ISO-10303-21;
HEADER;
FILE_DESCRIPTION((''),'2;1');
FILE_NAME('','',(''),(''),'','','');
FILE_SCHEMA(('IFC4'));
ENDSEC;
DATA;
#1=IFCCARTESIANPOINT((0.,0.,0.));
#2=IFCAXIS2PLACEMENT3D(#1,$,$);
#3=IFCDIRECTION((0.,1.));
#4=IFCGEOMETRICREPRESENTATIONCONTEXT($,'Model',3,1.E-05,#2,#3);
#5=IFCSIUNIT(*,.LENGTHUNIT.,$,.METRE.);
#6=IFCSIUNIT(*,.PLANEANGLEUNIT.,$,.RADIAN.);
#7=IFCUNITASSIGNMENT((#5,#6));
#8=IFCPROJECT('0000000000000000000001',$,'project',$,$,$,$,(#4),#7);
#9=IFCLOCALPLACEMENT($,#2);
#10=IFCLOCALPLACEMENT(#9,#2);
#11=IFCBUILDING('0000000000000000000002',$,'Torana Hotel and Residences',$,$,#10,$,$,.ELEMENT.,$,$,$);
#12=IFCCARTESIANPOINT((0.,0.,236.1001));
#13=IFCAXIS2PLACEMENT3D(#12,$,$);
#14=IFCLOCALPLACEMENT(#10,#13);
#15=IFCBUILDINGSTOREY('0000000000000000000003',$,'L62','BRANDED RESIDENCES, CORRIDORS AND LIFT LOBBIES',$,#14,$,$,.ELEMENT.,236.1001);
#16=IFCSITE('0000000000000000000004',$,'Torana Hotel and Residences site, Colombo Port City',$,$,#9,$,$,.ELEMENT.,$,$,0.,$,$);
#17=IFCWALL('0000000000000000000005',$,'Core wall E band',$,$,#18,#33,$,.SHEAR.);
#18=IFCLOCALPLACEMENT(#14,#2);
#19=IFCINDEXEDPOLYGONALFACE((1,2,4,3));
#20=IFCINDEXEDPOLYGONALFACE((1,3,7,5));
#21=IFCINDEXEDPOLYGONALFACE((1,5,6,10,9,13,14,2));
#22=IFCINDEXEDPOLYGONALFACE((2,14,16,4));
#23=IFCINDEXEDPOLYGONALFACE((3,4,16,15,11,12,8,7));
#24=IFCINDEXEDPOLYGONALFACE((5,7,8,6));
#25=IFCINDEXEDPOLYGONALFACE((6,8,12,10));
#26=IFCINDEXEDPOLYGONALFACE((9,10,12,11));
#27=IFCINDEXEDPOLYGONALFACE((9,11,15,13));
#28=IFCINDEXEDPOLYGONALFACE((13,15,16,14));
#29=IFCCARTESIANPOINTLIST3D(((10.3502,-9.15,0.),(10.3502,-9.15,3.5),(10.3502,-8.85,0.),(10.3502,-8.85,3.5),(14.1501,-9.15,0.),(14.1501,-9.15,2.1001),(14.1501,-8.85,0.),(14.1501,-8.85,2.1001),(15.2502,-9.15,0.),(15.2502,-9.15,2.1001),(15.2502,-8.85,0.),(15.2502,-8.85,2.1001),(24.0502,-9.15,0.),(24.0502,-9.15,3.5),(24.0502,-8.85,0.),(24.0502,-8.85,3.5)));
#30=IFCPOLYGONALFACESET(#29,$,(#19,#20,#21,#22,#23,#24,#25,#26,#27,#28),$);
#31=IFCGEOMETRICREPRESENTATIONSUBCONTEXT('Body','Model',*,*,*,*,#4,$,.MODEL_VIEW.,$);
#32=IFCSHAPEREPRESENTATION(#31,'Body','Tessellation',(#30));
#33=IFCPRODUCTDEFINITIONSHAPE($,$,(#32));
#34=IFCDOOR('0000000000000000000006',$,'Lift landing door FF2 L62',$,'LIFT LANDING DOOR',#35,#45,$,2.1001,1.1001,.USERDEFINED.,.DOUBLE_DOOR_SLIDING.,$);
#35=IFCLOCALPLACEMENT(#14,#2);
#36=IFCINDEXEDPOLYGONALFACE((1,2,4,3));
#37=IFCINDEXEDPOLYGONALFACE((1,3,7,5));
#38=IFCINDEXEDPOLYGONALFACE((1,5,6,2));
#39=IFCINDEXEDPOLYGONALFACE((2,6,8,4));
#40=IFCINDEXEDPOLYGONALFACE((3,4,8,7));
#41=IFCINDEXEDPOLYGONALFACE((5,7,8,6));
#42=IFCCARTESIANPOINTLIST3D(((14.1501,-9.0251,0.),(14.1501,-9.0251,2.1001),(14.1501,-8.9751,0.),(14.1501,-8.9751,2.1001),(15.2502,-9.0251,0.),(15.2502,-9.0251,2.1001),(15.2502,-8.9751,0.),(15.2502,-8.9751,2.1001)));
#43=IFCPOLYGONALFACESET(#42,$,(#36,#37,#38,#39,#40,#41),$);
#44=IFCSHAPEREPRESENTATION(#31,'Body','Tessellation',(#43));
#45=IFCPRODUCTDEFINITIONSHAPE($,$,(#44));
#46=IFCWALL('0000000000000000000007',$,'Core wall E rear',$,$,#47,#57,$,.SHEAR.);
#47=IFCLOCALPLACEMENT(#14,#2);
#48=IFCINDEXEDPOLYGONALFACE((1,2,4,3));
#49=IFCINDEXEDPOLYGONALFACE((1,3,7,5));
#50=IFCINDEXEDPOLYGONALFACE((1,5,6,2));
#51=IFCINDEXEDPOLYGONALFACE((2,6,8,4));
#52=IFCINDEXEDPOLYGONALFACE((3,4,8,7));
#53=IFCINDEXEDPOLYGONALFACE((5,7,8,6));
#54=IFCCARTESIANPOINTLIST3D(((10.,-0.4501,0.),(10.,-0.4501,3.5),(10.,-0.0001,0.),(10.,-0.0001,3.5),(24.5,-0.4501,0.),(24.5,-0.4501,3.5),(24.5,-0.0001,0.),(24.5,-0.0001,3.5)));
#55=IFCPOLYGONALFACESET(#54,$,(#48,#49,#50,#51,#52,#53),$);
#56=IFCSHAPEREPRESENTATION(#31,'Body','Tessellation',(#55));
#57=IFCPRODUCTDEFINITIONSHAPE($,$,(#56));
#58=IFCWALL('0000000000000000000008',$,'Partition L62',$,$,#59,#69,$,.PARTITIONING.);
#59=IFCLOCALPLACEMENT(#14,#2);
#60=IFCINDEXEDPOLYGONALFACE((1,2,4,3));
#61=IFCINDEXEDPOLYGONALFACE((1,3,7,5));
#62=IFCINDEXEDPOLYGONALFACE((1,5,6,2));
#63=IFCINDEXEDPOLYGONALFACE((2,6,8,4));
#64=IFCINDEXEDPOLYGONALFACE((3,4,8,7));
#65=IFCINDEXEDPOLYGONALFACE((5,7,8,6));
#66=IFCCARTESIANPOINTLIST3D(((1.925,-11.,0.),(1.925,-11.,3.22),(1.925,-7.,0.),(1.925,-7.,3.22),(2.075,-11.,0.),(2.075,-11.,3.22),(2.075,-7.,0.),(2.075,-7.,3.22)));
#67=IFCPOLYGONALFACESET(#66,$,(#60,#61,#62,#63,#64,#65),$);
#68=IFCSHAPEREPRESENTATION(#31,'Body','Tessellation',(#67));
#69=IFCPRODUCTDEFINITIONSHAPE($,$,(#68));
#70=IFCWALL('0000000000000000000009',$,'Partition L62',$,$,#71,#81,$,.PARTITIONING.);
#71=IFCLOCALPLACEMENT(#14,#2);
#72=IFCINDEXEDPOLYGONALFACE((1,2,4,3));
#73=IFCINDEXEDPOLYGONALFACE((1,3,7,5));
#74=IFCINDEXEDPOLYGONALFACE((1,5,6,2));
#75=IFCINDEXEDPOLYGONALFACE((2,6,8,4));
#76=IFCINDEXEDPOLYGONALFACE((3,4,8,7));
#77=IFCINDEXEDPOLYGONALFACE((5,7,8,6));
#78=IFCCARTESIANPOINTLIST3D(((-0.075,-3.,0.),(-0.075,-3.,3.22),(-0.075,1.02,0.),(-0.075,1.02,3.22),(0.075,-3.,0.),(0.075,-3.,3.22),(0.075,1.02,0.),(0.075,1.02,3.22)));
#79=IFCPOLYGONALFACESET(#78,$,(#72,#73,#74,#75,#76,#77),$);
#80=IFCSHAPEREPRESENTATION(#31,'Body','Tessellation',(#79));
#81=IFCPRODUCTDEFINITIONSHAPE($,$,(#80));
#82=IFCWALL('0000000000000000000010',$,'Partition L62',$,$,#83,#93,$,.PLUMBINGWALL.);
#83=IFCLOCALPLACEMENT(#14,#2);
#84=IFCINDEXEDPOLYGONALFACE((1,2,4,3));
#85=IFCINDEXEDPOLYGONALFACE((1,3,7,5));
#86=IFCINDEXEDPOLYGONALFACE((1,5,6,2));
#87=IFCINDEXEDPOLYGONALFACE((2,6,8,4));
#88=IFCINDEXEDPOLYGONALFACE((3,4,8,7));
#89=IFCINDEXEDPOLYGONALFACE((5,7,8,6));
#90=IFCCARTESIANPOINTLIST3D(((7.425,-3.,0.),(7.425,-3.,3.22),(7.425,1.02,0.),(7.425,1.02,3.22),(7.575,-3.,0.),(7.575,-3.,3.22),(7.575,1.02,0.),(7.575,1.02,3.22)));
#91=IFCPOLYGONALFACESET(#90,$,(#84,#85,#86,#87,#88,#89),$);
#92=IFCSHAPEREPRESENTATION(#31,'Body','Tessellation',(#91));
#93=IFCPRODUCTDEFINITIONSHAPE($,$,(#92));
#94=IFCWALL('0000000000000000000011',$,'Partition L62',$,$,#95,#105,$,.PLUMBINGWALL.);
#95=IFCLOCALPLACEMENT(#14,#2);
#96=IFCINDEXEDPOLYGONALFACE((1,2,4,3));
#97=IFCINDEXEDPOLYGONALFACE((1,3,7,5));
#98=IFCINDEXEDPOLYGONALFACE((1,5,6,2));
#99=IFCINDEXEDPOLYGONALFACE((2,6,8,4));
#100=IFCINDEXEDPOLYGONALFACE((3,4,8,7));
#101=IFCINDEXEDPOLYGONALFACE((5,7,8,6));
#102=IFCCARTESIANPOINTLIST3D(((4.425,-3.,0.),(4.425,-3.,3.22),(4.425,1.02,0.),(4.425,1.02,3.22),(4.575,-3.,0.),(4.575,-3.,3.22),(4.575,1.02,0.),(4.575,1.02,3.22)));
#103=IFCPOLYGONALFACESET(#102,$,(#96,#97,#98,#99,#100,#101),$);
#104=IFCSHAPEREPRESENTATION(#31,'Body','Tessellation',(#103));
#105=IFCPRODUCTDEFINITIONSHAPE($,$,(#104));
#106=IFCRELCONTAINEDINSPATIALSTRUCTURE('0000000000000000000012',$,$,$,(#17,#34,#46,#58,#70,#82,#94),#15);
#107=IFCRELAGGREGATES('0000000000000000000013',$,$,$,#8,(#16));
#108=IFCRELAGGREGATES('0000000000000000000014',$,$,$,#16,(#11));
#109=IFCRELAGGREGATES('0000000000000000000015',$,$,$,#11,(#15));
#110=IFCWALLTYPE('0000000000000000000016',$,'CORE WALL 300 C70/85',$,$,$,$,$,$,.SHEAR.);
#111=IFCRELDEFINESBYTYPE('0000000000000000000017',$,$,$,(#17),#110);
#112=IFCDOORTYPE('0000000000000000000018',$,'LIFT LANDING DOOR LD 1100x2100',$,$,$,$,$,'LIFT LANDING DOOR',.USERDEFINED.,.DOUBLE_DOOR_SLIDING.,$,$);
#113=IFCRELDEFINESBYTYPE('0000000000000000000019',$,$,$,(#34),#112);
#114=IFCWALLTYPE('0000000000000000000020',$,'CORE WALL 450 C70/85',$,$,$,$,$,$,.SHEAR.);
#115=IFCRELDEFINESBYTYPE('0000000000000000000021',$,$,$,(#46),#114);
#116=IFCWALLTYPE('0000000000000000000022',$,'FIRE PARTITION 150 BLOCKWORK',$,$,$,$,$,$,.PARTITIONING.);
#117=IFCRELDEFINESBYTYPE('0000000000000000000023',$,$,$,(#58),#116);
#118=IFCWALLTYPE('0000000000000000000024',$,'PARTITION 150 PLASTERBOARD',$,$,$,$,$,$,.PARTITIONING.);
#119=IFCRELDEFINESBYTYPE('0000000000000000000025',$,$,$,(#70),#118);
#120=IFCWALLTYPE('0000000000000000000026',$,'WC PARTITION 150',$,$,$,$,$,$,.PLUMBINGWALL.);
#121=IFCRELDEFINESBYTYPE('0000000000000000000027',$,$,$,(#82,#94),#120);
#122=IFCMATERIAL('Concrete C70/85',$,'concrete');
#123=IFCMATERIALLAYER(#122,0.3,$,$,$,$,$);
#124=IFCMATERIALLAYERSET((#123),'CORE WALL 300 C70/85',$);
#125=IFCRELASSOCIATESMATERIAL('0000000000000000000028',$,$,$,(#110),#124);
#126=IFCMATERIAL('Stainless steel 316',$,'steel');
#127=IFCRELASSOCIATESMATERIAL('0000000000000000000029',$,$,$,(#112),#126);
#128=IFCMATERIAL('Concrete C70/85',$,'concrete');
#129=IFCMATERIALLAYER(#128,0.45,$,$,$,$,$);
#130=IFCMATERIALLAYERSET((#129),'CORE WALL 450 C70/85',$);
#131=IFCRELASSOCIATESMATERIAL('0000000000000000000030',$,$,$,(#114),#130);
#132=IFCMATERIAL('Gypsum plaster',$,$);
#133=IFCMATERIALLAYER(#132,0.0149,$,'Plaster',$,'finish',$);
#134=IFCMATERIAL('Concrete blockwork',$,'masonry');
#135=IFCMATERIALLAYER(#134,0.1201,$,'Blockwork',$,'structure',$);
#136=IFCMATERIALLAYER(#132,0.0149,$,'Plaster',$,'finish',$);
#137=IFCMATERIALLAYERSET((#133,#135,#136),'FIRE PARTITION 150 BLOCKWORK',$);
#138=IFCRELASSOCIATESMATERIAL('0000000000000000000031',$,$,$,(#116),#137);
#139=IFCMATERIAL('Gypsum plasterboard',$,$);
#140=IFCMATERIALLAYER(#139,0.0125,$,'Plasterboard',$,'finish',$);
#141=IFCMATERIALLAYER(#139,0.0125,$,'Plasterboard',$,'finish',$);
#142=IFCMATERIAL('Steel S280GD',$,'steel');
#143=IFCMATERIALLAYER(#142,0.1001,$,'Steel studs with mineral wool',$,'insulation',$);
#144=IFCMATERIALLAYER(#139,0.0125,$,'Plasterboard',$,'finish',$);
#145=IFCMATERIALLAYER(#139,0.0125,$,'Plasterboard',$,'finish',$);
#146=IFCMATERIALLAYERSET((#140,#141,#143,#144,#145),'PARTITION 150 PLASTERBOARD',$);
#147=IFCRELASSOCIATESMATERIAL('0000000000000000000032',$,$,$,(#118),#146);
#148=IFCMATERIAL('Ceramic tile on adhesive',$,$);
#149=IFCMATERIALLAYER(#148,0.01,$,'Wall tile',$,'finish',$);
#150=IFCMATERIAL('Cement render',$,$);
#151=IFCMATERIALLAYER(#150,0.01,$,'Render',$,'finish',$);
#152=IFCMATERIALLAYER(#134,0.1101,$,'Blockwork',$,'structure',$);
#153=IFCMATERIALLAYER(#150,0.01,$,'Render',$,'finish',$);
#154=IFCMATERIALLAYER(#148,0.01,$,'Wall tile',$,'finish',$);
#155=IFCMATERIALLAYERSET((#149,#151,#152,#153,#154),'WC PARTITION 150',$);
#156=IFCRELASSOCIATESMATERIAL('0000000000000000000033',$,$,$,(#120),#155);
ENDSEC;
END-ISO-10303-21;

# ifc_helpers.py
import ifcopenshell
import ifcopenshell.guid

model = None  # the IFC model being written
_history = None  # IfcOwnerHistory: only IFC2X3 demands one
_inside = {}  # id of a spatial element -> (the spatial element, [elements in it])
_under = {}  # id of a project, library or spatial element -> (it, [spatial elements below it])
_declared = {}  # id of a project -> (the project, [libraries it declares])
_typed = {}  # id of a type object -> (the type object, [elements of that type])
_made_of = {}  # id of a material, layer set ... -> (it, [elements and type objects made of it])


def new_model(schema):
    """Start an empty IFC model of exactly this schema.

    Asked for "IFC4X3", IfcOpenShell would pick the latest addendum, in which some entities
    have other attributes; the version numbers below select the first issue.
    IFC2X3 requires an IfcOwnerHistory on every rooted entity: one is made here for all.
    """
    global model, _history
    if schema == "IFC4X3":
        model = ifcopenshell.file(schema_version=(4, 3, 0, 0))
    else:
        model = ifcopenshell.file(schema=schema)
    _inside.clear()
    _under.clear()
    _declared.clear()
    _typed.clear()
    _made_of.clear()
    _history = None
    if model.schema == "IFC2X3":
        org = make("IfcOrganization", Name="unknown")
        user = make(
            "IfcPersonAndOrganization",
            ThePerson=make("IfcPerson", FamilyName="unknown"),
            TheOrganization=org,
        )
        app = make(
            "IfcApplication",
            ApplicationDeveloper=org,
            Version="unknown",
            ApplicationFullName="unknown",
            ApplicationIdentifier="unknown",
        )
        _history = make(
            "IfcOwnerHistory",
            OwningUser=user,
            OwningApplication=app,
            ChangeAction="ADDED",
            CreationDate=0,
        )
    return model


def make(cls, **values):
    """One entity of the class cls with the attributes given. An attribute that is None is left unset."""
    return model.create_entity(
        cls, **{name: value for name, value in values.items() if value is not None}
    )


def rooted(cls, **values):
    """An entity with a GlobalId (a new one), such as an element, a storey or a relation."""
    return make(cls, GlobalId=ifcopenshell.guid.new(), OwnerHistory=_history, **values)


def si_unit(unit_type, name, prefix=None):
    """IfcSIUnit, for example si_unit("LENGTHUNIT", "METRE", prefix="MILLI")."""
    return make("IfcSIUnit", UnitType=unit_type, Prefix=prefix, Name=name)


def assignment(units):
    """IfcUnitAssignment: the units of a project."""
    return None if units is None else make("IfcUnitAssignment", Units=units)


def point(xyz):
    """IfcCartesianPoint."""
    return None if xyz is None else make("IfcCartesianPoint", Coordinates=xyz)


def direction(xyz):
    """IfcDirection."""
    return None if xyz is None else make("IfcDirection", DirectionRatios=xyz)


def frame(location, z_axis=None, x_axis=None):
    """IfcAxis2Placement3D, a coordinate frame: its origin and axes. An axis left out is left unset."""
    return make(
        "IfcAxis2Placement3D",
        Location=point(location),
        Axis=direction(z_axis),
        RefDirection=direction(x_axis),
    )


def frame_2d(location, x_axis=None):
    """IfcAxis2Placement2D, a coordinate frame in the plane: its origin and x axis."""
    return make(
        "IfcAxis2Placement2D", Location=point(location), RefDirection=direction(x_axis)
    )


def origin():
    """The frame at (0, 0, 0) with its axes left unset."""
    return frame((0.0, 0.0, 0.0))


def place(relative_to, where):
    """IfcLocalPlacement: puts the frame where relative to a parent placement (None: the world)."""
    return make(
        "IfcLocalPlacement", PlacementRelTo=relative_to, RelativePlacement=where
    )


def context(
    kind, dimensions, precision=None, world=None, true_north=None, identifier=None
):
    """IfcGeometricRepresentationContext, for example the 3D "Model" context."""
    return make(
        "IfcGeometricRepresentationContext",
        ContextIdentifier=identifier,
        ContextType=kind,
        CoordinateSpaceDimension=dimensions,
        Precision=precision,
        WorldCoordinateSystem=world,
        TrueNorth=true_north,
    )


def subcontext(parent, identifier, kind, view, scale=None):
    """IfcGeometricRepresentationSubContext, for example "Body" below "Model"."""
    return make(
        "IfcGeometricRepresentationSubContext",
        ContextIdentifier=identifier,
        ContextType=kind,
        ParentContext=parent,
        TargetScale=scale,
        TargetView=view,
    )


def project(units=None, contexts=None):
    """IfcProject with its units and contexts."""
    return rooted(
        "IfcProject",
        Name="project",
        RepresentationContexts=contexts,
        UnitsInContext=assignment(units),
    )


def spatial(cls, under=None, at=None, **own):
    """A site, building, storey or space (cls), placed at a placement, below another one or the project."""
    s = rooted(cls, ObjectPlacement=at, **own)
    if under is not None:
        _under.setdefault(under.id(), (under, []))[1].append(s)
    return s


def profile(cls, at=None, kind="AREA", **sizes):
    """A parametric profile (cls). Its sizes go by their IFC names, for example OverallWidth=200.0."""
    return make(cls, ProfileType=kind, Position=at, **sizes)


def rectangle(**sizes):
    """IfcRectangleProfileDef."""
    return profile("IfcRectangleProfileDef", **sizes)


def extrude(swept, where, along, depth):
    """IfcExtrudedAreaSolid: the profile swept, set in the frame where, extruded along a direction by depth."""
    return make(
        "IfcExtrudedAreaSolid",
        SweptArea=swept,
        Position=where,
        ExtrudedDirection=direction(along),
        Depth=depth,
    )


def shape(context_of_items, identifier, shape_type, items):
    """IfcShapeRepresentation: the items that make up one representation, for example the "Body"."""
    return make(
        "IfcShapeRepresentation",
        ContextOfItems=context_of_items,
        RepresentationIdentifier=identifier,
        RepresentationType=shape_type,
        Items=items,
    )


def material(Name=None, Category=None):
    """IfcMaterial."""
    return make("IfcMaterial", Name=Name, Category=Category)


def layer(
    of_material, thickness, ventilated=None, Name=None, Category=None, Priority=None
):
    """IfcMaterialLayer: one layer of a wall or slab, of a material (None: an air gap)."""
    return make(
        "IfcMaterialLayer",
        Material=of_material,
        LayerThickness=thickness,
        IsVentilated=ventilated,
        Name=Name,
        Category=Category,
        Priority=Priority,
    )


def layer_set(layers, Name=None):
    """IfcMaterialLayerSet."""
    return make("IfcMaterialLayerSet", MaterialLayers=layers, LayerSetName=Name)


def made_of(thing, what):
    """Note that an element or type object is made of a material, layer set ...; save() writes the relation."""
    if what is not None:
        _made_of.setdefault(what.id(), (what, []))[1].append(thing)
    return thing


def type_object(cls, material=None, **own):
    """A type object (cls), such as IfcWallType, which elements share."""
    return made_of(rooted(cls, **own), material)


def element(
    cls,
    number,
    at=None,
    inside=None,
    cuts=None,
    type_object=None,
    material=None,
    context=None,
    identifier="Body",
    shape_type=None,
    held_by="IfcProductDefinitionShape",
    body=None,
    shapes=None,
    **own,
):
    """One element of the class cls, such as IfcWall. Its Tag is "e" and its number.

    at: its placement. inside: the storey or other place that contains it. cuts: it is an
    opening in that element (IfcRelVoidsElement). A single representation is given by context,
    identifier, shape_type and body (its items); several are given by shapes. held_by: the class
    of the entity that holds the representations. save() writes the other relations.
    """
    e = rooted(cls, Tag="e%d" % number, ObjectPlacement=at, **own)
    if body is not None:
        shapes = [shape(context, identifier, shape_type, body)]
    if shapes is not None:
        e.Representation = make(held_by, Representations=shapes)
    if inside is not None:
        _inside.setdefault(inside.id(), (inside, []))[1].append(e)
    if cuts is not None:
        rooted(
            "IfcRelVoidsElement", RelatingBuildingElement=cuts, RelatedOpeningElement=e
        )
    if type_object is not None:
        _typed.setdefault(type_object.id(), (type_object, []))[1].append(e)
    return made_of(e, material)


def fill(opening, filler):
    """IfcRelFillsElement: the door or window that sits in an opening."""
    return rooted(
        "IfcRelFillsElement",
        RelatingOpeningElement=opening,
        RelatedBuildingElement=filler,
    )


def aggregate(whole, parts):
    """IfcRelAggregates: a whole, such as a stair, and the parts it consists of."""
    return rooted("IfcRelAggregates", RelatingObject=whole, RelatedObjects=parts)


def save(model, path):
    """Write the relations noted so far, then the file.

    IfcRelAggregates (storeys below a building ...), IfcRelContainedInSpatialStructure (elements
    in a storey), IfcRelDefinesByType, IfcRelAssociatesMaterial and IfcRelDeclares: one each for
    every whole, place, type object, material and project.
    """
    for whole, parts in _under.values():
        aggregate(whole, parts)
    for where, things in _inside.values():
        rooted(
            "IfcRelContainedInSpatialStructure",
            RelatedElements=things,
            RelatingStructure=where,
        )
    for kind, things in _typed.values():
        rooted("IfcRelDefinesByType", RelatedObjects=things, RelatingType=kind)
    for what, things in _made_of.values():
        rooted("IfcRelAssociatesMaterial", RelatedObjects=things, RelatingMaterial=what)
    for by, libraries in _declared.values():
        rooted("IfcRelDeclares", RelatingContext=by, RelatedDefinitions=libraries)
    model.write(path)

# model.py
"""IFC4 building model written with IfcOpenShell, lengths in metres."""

from ifc_helpers import new_model, si_unit, direction, frame, frame_2d, origin, place, context, subcontext, project, spatial, rectangle, extrude, material, layer, layer_set, type_object, element, fill, save


model = new_model("IFC4")

# Units and contexts
model_context = context("Model", 3, precision=1e-05, world=origin(), true_north=direction((0.0, 1.0)))
body_context = subcontext(model_context, "Body", "Model", "MODEL_VIEW")
ifc_project = project(units=[si_unit("LENGTHUNIT", "METRE"), si_unit("PLANEANGLEUNIT", "RADIAN")], contexts=[model_context])

# Site, building, storey
site_placement = place(None, origin())
site = spatial("IfcSite", under=ifc_project, at=site_placement, Name="Torana Hotel and Residences site, Colombo Port City", CompositionType="ELEMENT", RefElevation=0.0)
building_placement = place(site_placement, origin())
building = spatial("IfcBuilding", under=site, at=building_placement, Name="Torana Hotel and Residences", CompositionType="ELEMENT")
storey_placement = place(building_placement, frame((0.0, 0.0, 236.1001)))
storey = spatial("IfcBuildingStorey", under=building, at=storey_placement, Name="L62", Description="BRANDED RESIDENCES, CORRIDORS AND LIFT LOBBIES", CompositionType="ELEMENT", Elevation=236.1001)

# Shared definitions
ifc_material_1 = material(Name="Concrete C70/85", Category="concrete")
ifc_layer_1 = layer(ifc_material_1, 0.3)
ifc_layer_set_1 = layer_set([ifc_layer_1], Name="CORE WALL 300 C70/85")
wall_type_1 = type_object("IfcWallType", Name="CORE WALL 300 C70/85", PredefinedType="SHEAR", material=ifc_layer_set_1)
ifc_material_2 = material(Name="Stainless steel 316", Category="steel")
door_type_1 = type_object("IfcDoorType", Name="LIFT LANDING DOOR LD 1100x2100", ElementType="LIFT LANDING DOOR", OperationType="DOUBLE_DOOR_SLIDING", PredefinedType="USERDEFINED", material=ifc_material_2)

# Wall, opening, door
wall_1_placement = place(storey_placement, frame((10.3501, -9.0, 0.0), z_axis=(0.0, 0.0, 1.0), x_axis=(1.0, 0.0, 0.0)))
wall_1 = element("IfcWall", 1, at=wall_1_placement, inside=storey, type_object=wall_type_1, Name="Core wall E band", PredefinedType="SHEAR", context=body_context, shape_type="SweptSolid", body=[
    extrude(rectangle(XDim=13.7, YDim=0.3, at=frame_2d((6.8501, 0.0))), origin(), (0.0, 0.0, 1.0), 3.5),
])
opening_1_placement = place(wall_1_placement, frame((3.8, 0.0, 0.0)))
opening_1 = element("IfcOpeningElement", 2, at=opening_1_placement, cuts=wall_1, PredefinedType="OPENING", context=body_context, shape_type="SweptSolid", body=[
    extrude(rectangle(XDim=1.1001, YDim=2.1001, at=frame_2d((0.55, 1.05))), frame((0.0, 0.1599, 0.0), z_axis=(0.0, -1.0, 0.0), x_axis=(1.0, 0.0, 0.0)), (0.0, 0.0, 1.0), 0.3201),
])
door_1_placement = place(opening_1_placement, origin())
door_1 = element("IfcDoor", 3, at=door_1_placement, inside=storey, type_object=door_type_1, Name="Lift landing door FF2 L62", ObjectType="LIFT LANDING DOOR", OperationType="DOUBLE_DOOR_SLIDING", OverallHeight=2.1001, OverallWidth=1.1001, PredefinedType="USERDEFINED", context=body_context, shape_type="SweptSolid", body=[
    extrude(rectangle(XDim=1.1001, YDim=2.1001, at=frame_2d((0.55, 1.05))), frame((0.0, 0.0249, 0.0), z_axis=(0.0, -1.0, 0.0), x_axis=(1.0, 0.0, 0.0)), (0.0, 0.0, 1.0), 0.05),
])
fill(opening_1, door_1)

# Walls
ifc_material_3 = material(Name="Concrete C70/85", Category="concrete")
ifc_layer_2 = layer(ifc_material_3, 0.45)
ifc_layer_set_2 = layer_set([ifc_layer_2], Name="CORE WALL 450 C70/85")
wall_type_2 = type_object("IfcWallType", Name="CORE WALL 450 C70/85", PredefinedType="SHEAR", material=ifc_layer_set_2)
wall_2_placement = place(storey_placement, frame((10.0, -0.2251, 0.0), z_axis=(0.0, 0.0, 1.0), x_axis=(1.0, 0.0, 0.0)))
element("IfcWall", 4, at=wall_2_placement, inside=storey, type_object=wall_type_2, Name="Core wall E rear", PredefinedType="SHEAR", context=body_context, shape_type="SweptSolid", body=[
    extrude(rectangle(XDim=14.5, YDim=0.45, at=frame_2d((7.25, 0.0))), origin(), (0.0, 0.0, 1.0), 3.5),
])
ifc_material_4 = material(Name="Gypsum plaster")
ifc_layer_3 = layer(ifc_material_4, 0.0149, Name="Plaster", Category="finish")
ifc_material_5 = material(Name="Concrete blockwork", Category="masonry")
ifc_layer_4 = layer(ifc_material_5, 0.1201, Name="Blockwork", Category="structure")
ifc_layer_5 = layer(ifc_material_4, 0.0149, Name="Plaster", Category="finish")
ifc_layer_set_3 = layer_set([ifc_layer_3, ifc_layer_4, ifc_layer_5], Name="FIRE PARTITION 150 BLOCKWORK")
wall_type_3 = type_object("IfcWallType", Name="FIRE PARTITION 150 BLOCKWORK", PredefinedType="PARTITIONING", material=ifc_layer_set_3)
wall_3_placement = place(storey_placement, frame((2.0, -11.0, 0.0), z_axis=(0.0, 0.0, 1.0), x_axis=(0.0, 1.0, 0.0)))
element("IfcWall", 5, at=wall_3_placement, inside=storey, type_object=wall_type_3, Name="Partition L62", PredefinedType="PARTITIONING", context=body_context, shape_type="SweptSolid", body=[
    extrude(rectangle(XDim=4.0, YDim=0.1499, at=frame_2d((2.0, 0.0))), origin(), (0.0, 0.0, 1.0), 3.22),
])
ifc_material_6 = material(Name="Gypsum plasterboard")
ifc_layer_6 = layer(ifc_material_6, 0.0125, Name="Plasterboard", Category="finish")
ifc_layer_7 = layer(ifc_material_6, 0.0125, Name="Plasterboard", Category="finish")
ifc_material_7 = material(Name="Steel S280GD", Category="steel")
ifc_layer_8 = layer(ifc_material_7, 0.1001, Name="Steel studs with mineral wool", Category="insulation")
ifc_layer_9 = layer(ifc_material_6, 0.0125, Name="Plasterboard", Category="finish")
ifc_layer_10 = layer(ifc_material_6, 0.0125, Name="Plasterboard", Category="finish")
ifc_layer_set_4 = layer_set([ifc_layer_6, ifc_layer_7, ifc_layer_8, ifc_layer_9, ifc_layer_10], Name="PARTITION 150 PLASTERBOARD")
wall_type_4 = type_object("IfcWallType", Name="PARTITION 150 PLASTERBOARD", PredefinedType="PARTITIONING", material=ifc_layer_set_4)
wall_4_placement = place(storey_placement, frame((0.0, -3.0, 0.0), z_axis=(0.0, 0.0, 1.0), x_axis=(0.0, 1.0, 0.0)))
element("IfcWall", 6, at=wall_4_placement, inside=storey, type_object=wall_type_4, Name="Partition L62", PredefinedType="PARTITIONING", context=body_context, shape_type="SweptSolid", body=[
    extrude(rectangle(XDim=4.02, YDim=0.1499, at=frame_2d((2.01, 0.0))), origin(), (0.0, 0.0, 1.0), 3.22),
])
ifc_material_8 = material(Name="Ceramic tile on adhesive")
ifc_layer_11 = layer(ifc_material_8, 0.01, Name="Wall tile", Category="finish")
ifc_material_9 = material(Name="Cement render")
ifc_layer_12 = layer(ifc_material_9, 0.01, Name="Render", Category="finish")
ifc_layer_13 = layer(ifc_material_5, 0.1101, Name="Blockwork", Category="structure")
ifc_layer_14 = layer(ifc_material_9, 0.01, Name="Render", Category="finish")
ifc_layer_15 = layer(ifc_material_8, 0.01, Name="Wall tile", Category="finish")
ifc_layer_set_5 = layer_set([ifc_layer_11, ifc_layer_12, ifc_layer_13, ifc_layer_14, ifc_layer_15], Name="WC PARTITION 150")
wall_type_5 = type_object("IfcWallType", Name="WC PARTITION 150", PredefinedType="PLUMBINGWALL", material=ifc_layer_set_5)
for number, where, z_axis, x_axis, name in (
    (7, (7.5, -3.0, 0.0), (0.0, 0.0, 1.0), (0.0, 1.0, 0.0), "Partition L62"),
    (8, (4.5, -3.0, 0.0), (0.0, 0.0, 1.0), (0.0, 1.0, 0.0), "Partition L62"),
):
    element("IfcWall", number, at=place(storey_placement, frame(where, z_axis=z_axis, x_axis=x_axis)), inside=storey, type_object=wall_type_5, Name=name, PredefinedType="PLUMBINGWALL", context=body_context, shape_type="SweptSolid", body=[
        extrude(rectangle(XDim=4.02, YDim=0.1499, at=frame_2d((2.01, 0.0))), origin(), (0.0, 0.0, 1.0), 3.22),
    ])

save(model, "model.ifc")
